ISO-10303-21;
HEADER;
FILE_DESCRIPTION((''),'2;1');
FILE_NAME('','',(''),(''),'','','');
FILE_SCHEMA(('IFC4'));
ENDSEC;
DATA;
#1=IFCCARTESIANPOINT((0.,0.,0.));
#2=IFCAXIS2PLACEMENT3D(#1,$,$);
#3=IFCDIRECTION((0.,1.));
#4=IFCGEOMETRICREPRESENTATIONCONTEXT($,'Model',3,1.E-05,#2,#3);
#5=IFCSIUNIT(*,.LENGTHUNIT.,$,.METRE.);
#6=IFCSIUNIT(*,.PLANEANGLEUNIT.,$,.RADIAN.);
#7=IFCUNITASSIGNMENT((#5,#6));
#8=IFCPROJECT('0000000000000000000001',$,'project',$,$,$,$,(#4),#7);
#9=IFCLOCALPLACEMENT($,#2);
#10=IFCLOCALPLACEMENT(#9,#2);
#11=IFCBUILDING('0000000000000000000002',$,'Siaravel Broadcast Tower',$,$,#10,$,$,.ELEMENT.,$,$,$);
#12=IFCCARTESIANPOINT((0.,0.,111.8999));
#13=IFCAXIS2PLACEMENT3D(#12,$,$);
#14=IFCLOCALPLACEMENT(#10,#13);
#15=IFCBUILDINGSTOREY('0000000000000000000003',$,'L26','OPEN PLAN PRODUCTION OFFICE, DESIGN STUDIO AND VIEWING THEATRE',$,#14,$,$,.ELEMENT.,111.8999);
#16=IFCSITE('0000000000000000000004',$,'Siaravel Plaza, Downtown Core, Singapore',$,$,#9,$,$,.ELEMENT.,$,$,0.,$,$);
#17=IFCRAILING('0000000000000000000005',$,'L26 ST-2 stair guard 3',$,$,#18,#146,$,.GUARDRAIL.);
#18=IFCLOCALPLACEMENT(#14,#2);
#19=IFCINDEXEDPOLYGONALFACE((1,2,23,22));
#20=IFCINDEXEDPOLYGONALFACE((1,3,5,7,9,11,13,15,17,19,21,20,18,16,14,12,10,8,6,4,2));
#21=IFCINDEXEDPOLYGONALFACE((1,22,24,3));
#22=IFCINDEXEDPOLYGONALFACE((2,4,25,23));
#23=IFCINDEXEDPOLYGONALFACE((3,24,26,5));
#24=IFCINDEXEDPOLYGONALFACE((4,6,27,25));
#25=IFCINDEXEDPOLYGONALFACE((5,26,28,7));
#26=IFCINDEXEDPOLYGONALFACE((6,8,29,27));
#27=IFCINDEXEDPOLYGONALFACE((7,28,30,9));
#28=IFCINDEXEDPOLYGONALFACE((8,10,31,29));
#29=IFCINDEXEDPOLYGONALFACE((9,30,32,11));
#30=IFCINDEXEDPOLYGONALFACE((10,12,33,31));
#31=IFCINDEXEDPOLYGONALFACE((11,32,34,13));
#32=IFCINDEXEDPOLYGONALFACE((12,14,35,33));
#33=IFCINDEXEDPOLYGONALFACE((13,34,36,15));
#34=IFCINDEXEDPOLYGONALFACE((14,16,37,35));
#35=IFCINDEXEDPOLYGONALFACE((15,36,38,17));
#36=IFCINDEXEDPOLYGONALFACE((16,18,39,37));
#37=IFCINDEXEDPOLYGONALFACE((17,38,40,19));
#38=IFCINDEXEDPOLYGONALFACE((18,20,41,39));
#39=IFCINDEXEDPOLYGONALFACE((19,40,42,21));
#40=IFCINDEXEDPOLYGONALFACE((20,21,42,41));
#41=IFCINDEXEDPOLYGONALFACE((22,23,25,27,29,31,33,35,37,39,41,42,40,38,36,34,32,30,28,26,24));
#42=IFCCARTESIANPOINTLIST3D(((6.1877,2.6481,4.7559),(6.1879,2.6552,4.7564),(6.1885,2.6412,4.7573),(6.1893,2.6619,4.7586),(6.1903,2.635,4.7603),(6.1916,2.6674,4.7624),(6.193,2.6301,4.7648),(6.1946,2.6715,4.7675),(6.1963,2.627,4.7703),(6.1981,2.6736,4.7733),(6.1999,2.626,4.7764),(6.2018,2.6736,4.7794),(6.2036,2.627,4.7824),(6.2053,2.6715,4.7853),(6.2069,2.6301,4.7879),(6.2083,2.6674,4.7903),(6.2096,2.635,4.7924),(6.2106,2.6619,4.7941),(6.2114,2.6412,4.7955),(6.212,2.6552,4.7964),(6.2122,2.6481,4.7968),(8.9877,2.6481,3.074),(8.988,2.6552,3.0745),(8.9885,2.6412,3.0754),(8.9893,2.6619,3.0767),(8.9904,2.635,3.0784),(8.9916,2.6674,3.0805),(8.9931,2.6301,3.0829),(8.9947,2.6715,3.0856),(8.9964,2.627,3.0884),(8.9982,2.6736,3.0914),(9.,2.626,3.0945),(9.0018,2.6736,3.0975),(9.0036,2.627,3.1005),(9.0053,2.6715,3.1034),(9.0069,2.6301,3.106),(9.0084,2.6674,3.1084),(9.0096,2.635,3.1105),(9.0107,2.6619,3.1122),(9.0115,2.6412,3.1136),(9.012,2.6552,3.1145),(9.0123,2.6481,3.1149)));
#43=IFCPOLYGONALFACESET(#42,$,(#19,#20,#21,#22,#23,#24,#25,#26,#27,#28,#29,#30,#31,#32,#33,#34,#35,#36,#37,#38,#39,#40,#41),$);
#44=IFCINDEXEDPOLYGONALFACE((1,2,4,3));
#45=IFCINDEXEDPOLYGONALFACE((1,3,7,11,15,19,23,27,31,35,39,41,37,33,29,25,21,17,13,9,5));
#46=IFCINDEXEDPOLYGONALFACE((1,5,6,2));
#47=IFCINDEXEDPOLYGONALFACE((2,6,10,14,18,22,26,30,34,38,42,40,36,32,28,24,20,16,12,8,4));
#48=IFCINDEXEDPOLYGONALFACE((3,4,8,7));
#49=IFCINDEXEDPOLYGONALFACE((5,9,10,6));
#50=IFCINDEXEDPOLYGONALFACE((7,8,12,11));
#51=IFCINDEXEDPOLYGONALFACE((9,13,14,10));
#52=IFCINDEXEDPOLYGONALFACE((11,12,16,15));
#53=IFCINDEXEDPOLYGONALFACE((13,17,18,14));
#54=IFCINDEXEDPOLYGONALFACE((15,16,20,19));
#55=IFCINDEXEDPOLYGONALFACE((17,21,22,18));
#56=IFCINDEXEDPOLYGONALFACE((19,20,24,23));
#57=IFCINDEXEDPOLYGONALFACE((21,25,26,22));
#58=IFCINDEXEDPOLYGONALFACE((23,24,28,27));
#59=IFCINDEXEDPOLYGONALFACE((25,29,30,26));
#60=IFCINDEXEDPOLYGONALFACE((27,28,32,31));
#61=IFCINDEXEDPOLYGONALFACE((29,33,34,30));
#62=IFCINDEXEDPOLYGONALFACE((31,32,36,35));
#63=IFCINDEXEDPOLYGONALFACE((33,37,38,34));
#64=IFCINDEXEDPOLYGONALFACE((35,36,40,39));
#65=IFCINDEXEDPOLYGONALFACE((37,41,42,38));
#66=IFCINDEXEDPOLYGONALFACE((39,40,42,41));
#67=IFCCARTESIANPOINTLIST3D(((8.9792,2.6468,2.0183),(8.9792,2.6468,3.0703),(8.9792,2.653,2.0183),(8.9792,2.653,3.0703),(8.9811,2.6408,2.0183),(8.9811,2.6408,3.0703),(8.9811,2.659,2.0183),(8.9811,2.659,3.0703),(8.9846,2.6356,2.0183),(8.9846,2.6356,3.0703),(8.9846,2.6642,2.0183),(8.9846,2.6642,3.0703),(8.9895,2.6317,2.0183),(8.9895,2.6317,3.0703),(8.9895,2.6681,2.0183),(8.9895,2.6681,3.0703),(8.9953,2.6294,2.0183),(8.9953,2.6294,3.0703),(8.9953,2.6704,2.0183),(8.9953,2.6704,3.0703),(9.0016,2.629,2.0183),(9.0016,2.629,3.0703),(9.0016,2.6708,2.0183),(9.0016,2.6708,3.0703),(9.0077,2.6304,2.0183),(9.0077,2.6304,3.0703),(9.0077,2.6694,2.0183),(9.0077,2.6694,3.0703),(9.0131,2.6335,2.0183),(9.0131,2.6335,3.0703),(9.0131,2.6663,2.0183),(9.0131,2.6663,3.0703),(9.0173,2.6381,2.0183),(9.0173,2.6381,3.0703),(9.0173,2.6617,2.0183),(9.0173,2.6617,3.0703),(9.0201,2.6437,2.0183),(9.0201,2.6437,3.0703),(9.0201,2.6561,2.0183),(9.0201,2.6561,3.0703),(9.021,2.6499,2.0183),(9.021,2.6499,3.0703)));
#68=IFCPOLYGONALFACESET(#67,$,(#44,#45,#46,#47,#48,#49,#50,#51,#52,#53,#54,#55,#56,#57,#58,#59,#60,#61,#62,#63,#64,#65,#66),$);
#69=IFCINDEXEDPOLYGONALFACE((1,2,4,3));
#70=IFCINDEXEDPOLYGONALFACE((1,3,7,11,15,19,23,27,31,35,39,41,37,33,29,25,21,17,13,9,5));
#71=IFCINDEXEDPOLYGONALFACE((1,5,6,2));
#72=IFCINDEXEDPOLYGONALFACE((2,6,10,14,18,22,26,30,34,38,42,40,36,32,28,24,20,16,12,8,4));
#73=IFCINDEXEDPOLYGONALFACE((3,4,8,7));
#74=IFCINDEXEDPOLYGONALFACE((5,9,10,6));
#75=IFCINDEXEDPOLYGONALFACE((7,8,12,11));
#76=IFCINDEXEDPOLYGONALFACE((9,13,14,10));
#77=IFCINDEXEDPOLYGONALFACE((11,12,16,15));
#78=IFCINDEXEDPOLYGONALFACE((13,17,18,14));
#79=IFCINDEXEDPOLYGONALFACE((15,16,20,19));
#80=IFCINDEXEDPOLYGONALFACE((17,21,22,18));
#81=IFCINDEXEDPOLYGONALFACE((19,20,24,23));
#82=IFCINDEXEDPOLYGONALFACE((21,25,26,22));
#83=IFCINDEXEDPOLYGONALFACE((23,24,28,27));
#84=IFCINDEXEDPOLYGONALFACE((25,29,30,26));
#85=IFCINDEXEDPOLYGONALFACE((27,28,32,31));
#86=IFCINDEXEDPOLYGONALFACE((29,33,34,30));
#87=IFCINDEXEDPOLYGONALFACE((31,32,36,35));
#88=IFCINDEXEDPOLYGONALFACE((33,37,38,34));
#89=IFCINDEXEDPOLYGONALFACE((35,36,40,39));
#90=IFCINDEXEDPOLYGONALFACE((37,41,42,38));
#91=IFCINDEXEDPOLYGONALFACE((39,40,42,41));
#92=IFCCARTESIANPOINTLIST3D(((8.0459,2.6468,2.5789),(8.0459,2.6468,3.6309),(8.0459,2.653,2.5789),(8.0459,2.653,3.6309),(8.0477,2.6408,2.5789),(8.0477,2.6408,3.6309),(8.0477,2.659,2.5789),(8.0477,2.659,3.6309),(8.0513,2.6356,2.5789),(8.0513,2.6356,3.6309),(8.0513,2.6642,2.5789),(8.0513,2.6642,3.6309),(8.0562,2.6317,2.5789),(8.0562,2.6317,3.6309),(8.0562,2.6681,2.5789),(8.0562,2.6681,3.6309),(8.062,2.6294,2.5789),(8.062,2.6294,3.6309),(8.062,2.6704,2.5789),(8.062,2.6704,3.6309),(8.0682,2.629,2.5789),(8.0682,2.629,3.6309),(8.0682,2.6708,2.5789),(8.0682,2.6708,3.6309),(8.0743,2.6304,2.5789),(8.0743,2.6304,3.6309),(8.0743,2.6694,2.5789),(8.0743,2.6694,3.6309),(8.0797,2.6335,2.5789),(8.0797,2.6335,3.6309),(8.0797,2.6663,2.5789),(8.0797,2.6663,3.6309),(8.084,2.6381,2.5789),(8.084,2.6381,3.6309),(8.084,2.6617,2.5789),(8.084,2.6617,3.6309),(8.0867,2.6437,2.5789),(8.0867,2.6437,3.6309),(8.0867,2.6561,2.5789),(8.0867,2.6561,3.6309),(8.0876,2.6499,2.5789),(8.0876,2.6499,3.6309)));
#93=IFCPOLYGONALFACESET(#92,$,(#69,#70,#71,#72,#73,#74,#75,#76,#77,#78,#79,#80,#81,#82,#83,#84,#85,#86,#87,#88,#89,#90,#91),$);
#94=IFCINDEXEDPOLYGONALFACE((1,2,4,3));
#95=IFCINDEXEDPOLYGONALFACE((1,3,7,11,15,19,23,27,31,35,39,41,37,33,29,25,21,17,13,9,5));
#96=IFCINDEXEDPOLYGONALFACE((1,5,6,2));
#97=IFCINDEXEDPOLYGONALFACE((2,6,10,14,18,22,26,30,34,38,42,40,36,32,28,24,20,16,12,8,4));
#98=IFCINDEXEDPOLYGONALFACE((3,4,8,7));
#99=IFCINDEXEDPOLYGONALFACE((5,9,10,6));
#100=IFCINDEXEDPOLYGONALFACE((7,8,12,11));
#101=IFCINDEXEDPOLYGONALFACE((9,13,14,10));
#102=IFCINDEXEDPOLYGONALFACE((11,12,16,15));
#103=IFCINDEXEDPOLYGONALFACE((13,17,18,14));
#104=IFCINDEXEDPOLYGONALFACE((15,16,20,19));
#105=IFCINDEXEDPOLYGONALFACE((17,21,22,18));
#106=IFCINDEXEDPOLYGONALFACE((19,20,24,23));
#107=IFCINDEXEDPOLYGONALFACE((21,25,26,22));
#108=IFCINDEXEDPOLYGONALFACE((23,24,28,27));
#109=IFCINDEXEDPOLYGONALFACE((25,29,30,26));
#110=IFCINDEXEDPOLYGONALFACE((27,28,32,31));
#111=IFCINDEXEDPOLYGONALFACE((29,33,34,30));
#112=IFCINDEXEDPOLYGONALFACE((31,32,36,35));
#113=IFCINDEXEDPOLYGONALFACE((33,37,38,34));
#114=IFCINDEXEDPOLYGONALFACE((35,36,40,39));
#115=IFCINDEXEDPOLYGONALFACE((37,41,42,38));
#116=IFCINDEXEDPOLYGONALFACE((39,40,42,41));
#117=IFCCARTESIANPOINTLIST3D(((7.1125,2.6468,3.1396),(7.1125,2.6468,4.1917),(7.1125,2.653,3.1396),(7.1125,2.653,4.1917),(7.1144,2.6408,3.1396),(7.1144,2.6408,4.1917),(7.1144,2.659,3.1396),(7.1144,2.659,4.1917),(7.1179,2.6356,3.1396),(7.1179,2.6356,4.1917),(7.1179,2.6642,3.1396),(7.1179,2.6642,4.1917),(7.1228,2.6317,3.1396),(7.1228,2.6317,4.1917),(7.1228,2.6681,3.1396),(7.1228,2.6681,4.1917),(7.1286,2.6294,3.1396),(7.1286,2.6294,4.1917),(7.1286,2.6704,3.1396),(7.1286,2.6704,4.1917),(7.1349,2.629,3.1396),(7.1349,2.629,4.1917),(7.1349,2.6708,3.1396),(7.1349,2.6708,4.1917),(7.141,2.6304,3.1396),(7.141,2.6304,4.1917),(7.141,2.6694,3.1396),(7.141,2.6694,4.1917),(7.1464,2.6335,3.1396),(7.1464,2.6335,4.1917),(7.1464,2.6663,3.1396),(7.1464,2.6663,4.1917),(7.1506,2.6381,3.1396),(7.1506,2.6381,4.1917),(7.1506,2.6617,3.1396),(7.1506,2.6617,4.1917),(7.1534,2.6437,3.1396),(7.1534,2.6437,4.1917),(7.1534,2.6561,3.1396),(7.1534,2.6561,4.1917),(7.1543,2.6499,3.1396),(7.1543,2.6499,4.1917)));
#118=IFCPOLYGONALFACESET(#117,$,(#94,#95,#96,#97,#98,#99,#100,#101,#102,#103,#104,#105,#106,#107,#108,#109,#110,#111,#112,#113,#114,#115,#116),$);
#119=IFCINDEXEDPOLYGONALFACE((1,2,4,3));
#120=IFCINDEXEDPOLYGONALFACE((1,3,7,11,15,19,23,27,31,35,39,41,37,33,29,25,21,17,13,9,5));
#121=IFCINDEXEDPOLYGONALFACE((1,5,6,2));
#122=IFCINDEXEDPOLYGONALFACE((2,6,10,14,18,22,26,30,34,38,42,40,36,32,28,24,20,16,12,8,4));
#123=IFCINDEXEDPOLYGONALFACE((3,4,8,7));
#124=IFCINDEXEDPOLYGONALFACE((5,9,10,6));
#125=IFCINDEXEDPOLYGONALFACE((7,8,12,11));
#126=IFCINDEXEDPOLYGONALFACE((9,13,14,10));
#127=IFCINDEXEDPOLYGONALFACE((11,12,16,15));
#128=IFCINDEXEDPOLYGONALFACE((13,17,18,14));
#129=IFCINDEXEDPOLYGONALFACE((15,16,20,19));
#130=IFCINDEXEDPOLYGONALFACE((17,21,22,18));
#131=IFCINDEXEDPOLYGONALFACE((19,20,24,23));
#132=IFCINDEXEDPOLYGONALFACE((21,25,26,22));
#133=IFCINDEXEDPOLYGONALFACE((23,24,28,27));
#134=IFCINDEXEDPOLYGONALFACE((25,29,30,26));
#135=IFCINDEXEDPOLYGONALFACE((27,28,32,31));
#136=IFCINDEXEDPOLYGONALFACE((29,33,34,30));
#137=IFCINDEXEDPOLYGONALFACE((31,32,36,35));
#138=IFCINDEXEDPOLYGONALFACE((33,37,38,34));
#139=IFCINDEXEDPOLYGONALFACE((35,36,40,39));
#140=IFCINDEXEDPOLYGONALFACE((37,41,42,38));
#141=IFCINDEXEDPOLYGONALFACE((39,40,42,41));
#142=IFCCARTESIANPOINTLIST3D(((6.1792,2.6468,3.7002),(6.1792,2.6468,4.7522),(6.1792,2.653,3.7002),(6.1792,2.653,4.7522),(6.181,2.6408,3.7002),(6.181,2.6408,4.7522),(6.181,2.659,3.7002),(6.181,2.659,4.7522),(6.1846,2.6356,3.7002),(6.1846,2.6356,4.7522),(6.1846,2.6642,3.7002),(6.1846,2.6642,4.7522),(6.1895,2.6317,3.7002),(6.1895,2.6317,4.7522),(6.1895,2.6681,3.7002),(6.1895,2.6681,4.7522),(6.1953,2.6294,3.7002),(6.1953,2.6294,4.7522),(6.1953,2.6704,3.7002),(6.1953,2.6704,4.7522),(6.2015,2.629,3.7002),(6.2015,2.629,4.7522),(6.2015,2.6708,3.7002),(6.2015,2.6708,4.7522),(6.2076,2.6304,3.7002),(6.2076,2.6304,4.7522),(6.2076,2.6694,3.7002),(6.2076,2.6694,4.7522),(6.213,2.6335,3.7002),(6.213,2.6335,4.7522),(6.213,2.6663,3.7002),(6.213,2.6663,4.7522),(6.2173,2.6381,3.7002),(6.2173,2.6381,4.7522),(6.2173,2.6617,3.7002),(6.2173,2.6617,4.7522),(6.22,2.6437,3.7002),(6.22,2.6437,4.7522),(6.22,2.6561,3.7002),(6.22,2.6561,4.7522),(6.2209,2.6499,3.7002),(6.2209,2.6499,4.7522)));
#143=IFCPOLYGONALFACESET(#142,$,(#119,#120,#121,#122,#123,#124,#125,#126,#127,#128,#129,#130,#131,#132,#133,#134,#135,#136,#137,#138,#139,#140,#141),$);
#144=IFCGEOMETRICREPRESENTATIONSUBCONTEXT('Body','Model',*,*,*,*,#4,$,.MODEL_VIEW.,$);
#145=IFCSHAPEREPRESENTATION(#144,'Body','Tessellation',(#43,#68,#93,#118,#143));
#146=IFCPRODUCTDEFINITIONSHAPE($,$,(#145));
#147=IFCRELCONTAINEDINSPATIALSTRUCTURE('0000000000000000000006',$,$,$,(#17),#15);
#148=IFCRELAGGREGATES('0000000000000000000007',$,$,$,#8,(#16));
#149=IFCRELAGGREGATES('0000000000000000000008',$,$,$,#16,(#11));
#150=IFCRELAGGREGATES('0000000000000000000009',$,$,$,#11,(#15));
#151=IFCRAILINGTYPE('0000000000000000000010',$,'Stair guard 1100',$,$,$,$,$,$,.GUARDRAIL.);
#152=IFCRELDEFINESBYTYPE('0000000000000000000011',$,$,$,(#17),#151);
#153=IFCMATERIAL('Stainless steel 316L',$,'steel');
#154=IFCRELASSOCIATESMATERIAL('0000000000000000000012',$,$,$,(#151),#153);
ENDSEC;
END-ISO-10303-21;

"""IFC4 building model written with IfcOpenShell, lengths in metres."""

from ifc_helpers import new_model, si_unit, direction, frame, origin, origin_2d, place, context, subcontext, project, spatial, circle, extrude, material, type_object, element, save


model = new_model("IFC4")

# Units and contexts
model_context = context("Model", 3, precision=1e-05, world=origin(), true_north=direction((0.0, 1.0)))
body_context = subcontext(model_context, "Body", "Model", "MODEL_VIEW")
ifc_project = project(units=[si_unit("LENGTHUNIT", "METRE"), si_unit("PLANEANGLEUNIT", "RADIAN")], contexts=[model_context])

# Site, building, storey
site_placement = place(None, origin())
site = spatial("IfcSite", under=ifc_project, at=site_placement, Name="Siaravel Plaza, Downtown Core, Singapore", CompositionType="ELEMENT", RefElevation=0.0)
building_placement = place(site_placement, origin())
building = spatial("IfcBuilding", under=site, at=building_placement, Name="Siaravel Broadcast Tower", CompositionType="ELEMENT")
storey_placement = place(building_placement, frame((0.0, 0.0, 111.8999)))
storey = spatial("IfcBuildingStorey", under=building, at=storey_placement, Name="L26", Description="OPEN PLAN PRODUCTION OFFICE, DESIGN STUDIO AND VIEWING THEATRE", CompositionType="ELEMENT", Elevation=111.8999)

# Railing
ifc_material_1 = material(Name="Stainless steel 316L", Category="steel")
railing_type_1 = type_object("IfcRailingType", Name="Stair guard 1100", PredefinedType="GUARDRAIL", material=ifc_material_1)
railing_1_placement = place(storey_placement, frame((9.0, 2.6499, 2.0183)))
element("IfcRailing", 1, at=railing_1_placement, inside=storey, type_object=railing_type_1, Name="L26 ST-2 stair guard 3", PredefinedType="GUARDRAIL", context=body_context, shape_type="SweptSolid", body=[
    extrude(circle(Radius=0.0239, at=origin_2d()), frame((0.0, 0.0, 1.0762), z_axis=(-0.857242, 0.0, 0.514913), x_axis=(0.0, -1.0, 0.0)), (0.0, 0.0, 1.0), 3.2664),
    extrude(circle(Radius=0.021, at=origin_2d()), origin(), (0.0, 0.0, 1.0), 1.052),
    extrude(circle(Radius=0.021, at=origin_2d()), frame((-0.9333, 0.0, 0.5605)), (0.0, 0.0, 1.0), 1.052),
    extrude(circle(Radius=0.021, at=origin_2d()), frame((-1.8667, 0.0, 1.1213)), (0.0, 0.0, 1.0), 1.052),
    extrude(circle(Radius=0.021, at=origin_2d()), frame((-2.8, 0.0, 1.6819)), (0.0, 0.0, 1.0), 1.052),
])

save(model, "model.ifc")
